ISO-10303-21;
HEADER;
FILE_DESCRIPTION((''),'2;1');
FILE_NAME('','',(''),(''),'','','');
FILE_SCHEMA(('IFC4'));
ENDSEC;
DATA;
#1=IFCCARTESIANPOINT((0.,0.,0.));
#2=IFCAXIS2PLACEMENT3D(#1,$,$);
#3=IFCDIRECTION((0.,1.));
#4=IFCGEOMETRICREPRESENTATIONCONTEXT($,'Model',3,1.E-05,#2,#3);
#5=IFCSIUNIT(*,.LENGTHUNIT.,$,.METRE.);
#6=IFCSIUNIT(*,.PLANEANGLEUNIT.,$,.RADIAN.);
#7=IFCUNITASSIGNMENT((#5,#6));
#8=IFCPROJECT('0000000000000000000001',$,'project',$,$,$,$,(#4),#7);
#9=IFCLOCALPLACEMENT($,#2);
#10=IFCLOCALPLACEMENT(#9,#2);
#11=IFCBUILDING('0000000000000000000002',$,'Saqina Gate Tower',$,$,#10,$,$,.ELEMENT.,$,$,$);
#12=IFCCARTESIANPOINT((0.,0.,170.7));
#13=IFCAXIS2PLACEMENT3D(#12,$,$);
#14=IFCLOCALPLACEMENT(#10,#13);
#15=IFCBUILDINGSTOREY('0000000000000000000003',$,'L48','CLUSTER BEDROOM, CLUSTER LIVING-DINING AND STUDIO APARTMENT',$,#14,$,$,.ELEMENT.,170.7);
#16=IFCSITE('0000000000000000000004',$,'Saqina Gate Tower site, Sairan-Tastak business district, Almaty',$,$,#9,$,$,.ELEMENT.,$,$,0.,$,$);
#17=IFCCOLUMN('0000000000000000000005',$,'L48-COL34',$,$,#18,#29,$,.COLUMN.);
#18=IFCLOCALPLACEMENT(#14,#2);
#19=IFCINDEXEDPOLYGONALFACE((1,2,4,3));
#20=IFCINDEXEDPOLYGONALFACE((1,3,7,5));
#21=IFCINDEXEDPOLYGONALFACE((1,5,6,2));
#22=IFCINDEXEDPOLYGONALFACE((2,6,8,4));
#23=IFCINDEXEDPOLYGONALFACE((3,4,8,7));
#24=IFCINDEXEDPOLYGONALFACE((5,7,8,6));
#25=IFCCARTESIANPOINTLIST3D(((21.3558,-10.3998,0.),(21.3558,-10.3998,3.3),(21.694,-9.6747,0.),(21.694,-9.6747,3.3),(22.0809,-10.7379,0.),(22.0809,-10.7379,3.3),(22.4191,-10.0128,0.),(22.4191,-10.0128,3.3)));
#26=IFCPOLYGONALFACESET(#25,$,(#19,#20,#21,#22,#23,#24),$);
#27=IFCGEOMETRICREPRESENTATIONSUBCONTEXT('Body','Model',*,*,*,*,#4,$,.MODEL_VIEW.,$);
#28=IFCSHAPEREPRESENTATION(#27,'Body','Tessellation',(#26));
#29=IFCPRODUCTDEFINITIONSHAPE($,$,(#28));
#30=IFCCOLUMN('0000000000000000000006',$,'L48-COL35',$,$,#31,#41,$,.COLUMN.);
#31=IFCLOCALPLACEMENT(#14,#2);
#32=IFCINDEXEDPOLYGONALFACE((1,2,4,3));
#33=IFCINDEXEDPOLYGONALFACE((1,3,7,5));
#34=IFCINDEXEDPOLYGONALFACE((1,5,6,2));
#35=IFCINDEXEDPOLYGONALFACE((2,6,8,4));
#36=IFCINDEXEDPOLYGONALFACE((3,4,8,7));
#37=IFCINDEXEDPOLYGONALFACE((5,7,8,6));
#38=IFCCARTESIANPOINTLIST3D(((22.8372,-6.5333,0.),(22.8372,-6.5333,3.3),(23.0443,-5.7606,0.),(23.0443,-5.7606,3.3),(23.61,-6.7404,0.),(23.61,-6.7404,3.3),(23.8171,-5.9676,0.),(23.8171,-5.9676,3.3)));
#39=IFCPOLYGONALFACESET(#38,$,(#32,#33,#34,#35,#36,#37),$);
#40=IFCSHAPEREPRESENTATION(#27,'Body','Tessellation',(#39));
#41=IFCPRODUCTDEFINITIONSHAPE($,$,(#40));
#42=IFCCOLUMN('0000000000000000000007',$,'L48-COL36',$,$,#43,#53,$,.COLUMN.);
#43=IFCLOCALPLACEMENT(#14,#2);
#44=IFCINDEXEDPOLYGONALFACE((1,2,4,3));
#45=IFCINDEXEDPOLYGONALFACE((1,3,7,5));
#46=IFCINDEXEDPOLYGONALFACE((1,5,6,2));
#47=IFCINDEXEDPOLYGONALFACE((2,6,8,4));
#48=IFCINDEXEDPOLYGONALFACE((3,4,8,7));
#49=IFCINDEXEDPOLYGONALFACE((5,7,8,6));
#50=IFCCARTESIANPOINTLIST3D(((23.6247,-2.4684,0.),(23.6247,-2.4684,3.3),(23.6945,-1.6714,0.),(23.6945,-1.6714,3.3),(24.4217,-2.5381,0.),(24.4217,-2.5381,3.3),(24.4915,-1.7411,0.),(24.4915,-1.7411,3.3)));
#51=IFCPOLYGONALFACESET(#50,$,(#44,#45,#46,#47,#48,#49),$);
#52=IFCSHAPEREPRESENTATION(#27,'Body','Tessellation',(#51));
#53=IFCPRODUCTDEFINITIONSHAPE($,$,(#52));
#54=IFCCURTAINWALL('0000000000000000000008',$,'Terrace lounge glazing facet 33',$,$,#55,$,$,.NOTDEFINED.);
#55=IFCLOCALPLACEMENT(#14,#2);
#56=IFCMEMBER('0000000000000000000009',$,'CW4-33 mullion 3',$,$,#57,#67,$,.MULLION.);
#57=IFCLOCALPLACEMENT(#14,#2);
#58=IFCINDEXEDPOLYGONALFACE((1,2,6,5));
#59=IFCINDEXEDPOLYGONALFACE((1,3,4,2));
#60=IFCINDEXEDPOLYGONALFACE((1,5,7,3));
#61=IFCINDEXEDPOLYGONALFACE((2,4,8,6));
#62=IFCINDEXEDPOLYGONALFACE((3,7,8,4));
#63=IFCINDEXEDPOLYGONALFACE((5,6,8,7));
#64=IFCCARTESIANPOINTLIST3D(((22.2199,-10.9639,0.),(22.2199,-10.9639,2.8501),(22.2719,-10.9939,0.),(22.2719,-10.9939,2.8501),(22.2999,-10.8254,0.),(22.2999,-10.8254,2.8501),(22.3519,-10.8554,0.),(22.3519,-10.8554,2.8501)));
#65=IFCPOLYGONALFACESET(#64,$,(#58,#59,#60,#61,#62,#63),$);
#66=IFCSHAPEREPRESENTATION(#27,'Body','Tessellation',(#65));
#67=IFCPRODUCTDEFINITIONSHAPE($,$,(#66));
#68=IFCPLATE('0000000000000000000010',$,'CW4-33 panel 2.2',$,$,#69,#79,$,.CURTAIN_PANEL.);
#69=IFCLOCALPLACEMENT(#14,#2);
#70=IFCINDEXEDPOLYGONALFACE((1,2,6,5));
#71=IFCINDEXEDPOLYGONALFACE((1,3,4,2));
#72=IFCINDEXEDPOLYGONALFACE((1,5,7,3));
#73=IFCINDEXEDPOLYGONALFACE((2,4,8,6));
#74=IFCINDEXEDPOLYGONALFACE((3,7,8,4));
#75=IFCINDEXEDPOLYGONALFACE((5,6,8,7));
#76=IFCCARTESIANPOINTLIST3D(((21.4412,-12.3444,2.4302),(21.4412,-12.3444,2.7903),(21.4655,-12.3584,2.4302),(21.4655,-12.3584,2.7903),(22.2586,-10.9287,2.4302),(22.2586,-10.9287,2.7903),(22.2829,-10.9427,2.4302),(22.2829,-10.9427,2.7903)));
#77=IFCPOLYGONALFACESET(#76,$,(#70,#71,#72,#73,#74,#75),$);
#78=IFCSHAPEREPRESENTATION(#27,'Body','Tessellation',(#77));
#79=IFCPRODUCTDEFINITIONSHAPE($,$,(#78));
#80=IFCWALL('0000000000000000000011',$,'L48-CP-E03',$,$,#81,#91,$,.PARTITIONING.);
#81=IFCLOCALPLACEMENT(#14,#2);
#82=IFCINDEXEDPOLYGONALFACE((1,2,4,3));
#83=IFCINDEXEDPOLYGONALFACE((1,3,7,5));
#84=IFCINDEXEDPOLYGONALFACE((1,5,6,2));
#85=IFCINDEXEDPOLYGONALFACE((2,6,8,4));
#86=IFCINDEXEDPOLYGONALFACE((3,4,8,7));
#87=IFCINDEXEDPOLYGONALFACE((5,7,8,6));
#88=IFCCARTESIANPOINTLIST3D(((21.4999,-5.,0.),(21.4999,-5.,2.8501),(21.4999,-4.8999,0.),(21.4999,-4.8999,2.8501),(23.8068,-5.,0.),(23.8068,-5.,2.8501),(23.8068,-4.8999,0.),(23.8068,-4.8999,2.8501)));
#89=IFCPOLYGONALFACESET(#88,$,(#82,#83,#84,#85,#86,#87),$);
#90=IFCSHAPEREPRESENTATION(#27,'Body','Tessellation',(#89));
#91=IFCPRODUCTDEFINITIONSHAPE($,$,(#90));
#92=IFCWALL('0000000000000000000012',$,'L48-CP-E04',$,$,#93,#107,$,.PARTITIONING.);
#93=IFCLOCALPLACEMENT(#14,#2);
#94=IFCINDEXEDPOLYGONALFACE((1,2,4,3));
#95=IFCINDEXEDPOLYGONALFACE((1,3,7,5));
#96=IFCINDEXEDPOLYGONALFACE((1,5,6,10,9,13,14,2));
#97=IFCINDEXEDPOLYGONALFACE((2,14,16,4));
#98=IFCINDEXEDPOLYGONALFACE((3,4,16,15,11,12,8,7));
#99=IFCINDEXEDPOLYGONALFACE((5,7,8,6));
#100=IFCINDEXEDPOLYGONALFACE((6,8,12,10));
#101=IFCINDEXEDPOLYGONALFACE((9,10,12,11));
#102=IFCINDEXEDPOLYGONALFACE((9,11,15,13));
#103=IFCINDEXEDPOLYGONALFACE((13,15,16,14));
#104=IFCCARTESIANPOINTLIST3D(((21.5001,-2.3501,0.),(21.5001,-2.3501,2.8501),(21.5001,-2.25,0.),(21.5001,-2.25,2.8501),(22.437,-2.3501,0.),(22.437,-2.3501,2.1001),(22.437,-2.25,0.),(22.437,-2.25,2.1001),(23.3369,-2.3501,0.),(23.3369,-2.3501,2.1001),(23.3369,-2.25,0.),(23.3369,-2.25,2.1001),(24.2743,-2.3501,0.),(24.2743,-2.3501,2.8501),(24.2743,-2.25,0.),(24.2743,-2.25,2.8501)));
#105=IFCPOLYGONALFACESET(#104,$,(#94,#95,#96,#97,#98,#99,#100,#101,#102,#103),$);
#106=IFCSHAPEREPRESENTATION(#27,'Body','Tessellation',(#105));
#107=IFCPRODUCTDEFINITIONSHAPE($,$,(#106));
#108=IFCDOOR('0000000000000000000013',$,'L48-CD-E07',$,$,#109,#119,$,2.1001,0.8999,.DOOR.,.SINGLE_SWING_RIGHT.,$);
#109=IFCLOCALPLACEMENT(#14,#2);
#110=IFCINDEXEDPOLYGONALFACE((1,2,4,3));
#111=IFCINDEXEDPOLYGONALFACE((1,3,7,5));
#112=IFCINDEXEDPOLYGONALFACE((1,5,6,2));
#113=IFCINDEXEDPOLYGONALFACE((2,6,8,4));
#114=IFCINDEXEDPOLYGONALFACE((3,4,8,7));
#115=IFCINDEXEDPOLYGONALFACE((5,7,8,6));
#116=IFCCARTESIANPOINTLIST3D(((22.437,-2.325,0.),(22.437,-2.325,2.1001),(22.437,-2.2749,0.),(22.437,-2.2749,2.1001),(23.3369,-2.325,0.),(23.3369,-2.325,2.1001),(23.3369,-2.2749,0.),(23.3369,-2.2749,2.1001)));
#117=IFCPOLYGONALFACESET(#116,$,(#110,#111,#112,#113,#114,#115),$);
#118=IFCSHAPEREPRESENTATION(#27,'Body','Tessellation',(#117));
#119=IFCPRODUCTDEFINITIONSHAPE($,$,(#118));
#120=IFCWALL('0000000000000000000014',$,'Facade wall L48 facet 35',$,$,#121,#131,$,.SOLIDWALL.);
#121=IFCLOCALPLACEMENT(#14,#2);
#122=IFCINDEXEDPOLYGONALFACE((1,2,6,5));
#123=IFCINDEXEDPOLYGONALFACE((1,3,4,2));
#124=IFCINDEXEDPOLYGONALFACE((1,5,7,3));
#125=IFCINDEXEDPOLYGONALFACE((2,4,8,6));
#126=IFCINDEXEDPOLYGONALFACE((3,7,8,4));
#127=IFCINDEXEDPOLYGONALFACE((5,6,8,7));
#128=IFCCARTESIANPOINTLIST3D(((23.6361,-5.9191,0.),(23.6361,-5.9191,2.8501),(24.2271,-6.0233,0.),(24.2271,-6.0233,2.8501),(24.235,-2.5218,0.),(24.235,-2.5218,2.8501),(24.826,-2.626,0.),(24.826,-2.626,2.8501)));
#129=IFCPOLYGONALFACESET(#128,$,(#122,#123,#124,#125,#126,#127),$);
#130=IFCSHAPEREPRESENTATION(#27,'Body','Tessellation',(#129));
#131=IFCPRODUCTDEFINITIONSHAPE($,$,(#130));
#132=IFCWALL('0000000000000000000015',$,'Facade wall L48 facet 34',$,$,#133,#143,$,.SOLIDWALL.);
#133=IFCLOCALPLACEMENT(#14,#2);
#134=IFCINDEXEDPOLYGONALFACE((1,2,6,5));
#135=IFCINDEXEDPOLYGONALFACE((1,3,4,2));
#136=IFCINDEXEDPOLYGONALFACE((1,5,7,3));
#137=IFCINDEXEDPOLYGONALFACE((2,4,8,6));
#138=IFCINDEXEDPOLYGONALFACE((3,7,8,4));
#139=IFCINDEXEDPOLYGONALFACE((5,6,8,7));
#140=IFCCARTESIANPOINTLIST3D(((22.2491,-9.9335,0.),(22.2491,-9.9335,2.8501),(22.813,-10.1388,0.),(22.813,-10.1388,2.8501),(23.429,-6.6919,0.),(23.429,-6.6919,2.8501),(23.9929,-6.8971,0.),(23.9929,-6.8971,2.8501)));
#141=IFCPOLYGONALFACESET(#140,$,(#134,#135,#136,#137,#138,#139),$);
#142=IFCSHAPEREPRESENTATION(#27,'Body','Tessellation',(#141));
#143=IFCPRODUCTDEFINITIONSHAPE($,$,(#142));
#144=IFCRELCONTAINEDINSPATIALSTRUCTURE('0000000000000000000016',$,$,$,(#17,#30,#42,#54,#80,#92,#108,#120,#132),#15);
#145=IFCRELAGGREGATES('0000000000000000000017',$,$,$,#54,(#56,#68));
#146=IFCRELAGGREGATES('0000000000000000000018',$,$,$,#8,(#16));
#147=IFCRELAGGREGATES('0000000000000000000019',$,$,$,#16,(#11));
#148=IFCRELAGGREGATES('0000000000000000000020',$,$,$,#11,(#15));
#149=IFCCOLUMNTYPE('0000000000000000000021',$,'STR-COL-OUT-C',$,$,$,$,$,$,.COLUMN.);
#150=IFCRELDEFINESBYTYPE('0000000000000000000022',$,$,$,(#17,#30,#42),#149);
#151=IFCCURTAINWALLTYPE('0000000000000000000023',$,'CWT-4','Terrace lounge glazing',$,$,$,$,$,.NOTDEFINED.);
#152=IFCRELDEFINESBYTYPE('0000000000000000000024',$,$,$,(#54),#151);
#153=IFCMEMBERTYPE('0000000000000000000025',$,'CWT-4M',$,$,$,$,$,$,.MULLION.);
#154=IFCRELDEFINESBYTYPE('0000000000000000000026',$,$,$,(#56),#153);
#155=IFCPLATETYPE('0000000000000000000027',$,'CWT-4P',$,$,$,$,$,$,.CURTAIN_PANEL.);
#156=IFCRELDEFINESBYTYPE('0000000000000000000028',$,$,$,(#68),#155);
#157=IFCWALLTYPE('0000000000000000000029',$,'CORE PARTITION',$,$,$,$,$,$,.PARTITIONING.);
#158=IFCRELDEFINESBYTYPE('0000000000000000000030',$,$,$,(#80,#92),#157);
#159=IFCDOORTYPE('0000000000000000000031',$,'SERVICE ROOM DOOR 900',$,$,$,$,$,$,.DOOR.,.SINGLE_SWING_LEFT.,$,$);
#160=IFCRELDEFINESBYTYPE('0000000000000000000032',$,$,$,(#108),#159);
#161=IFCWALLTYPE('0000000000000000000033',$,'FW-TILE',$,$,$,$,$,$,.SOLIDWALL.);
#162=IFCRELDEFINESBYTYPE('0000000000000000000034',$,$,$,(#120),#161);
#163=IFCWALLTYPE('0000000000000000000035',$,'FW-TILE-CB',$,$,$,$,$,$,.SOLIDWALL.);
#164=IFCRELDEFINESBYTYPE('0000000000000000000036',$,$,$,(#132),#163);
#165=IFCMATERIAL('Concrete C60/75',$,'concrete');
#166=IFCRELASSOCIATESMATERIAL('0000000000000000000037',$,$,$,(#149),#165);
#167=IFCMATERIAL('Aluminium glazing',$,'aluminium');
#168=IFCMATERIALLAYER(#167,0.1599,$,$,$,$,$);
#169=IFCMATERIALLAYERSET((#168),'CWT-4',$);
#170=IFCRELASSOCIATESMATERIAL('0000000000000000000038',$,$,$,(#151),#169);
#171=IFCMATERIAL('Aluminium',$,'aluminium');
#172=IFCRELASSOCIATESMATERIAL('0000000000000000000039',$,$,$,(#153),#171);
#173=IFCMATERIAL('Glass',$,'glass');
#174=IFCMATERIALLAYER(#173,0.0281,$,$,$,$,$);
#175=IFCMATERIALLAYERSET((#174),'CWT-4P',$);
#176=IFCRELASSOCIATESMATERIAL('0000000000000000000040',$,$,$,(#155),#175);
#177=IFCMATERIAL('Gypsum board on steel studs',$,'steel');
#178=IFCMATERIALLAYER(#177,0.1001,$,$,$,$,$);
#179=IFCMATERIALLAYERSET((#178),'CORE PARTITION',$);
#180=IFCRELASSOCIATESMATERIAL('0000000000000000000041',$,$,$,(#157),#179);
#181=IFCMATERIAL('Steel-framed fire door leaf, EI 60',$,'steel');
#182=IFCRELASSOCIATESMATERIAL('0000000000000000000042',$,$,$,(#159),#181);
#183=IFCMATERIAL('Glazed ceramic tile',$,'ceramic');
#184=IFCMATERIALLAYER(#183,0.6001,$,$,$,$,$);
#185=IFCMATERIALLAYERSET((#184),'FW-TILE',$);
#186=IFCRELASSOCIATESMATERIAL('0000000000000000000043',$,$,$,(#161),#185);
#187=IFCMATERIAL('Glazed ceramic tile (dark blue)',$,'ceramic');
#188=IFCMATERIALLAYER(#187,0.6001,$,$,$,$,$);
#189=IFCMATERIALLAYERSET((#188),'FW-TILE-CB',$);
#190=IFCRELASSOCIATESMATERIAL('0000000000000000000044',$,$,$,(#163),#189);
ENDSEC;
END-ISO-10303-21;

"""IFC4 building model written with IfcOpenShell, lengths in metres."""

from ifc_helpers import new_model, si_unit, direction, frame, frame_2d, origin, origin_2d, place, context, subcontext, project, spatial, rectangle, extrude, material, layer, layer_set, material_profile, profile_set, type_object, element, fill, aggregate, save


model = new_model("IFC4")

# Units and contexts
model_context = context("Model", 3, precision=1e-05, world=origin(), true_north=direction((0.0, 1.0)))
body_context = subcontext(model_context, "Body", "Model", "MODEL_VIEW")
ifc_project = project(units=[si_unit("LENGTHUNIT", "METRE"), si_unit("PLANEANGLEUNIT", "RADIAN")], contexts=[model_context])

# Site, building, storey
site_placement = place(None, origin())
site = spatial("IfcSite", under=ifc_project, at=site_placement, Name="Saqina Gate Tower site, Sairan-Tastak business district, Almaty", CompositionType="ELEMENT", RefElevation=0.0)
building_placement = place(site_placement, origin())
building = spatial("IfcBuilding", under=site, at=building_placement, Name="Saqina Gate Tower", CompositionType="ELEMENT")
storey_placement = place(building_placement, frame((0.0, 0.0, 170.7)))
storey = spatial("IfcBuildingStorey", under=building, at=storey_placement, Name="L48", Description="CLUSTER BEDROOM, CLUSTER LIVING-DINING AND STUDIO APARTMENT", CompositionType="ELEMENT", Elevation=170.7)

# Columns
ifc_material_1 = material(Name="Concrete C60/75", Category="concrete")
ifc_material_profile_1 = material_profile(ifc_material_1, rectangle(XDim=0.8, YDim=0.8, at=origin_2d()), Name="RC 800x800")
ifc_profile_set_1 = profile_set([ifc_material_profile_1], Name="Concrete C60/75")
column_type = type_object("IfcColumnType", Name="STR-COL-OUT-C", PredefinedType="COLUMN", material=ifc_profile_set_1)
for number, where, z_axis, x_axis, name in (
    (1, (21.8875, -10.2063, 0.0), (0.0, 0.0, 1.0), (0.906308, -0.422618, 0.0), "L48-COL34"),
    (2, (23.3271, -6.2505, 0.0), (0.0, 0.0, 1.0), (0.965926, -0.258819, 0.0), "L48-COL35"),
    (3, (24.0581, -2.1047, 0.0), (0.0, 0.0, 1.0), (0.996195, -0.087156, 0.0), "L48-COL36"),
):
    element("IfcColumn", number, at=place(storey_placement, frame(where, z_axis=z_axis, x_axis=x_axis)), inside=storey, type_object=column_type, Name=name, PredefinedType="COLUMN", context=body_context, shape_type="SweptSolid", body=[
        extrude(rectangle(XDim=0.8, YDim=0.8, at=origin_2d()), origin(), (0.0, 0.0, 1.0), 3.3),
    ])

# Curtain wall, member, plate
ifc_material_2 = material(Name="Aluminium glazing", Category="aluminium")
ifc_layer_1 = layer(ifc_material_2, 0.1599)
ifc_layer_set_1 = layer_set([ifc_layer_1], Name="CWT-4")
curtain_wall_type = type_object("IfcCurtainWallType", Name="CWT-4", Description="Terrace lounge glazing", PredefinedType="NOTDEFINED", material=ifc_layer_set_1)
curtain_wall_placement = place(storey_placement, origin())
curtain_wall = element("IfcCurtainWall", 4, at=curtain_wall_placement, inside=storey, type_object=curtain_wall_type, Name="Terrace lounge glazing facet 33", PredefinedType="NOTDEFINED")
ifc_material_3 = material(Name="Aluminium", Category="aluminium")
ifc_material_profile_2 = material_profile(ifc_material_3, rectangle(XDim=0.0601, YDim=0.1599, at=origin_2d()), Name="Aluminium 60x160")
ifc_profile_set_2 = profile_set([ifc_material_profile_2], Name="Aluminium")
member_type = type_object("IfcMemberType", Name="CWT-4M", PredefinedType="MULLION", material=ifc_profile_set_2)
member_placement = place(storey_placement, frame((22.2859, -10.9097, 0.0), z_axis=(0.0, 0.0, 1.0), x_axis=(-0.866017, 0.500014, 0.0)))
member = element("IfcMember", 5, at=member_placement, type_object=member_type, Name="CW4-33 mullion 3", PredefinedType="MULLION", context=body_context, shape_type="SweptSolid", body=[
    extrude(rectangle(XDim=0.0601, YDim=0.1599, at=origin_2d()), origin(), (0.0, 0.0, 1.0), 2.8501),
])
ifc_material_4 = material(Name="Glass", Category="glass")
ifc_layer_2 = layer(ifc_material_4, 0.0281)
ifc_layer_set_2 = layer_set([ifc_layer_2], Name="CWT-4P")
plate_type = type_object("IfcPlateType", Name="CWT-4P", PredefinedType="CURTAIN_PANEL", material=ifc_layer_set_2)
plate_placement = place(storey_placement, frame((21.8621, -11.6436, 2.4302), z_axis=(0.0, 0.0, 1.0), x_axis=(0.500014, 0.866017, 0.0)))
plate = element("IfcPlate", 6, at=plate_placement, type_object=plate_type, Name="CW4-33 panel 2.2", PredefinedType="CURTAIN_PANEL", context=body_context, shape_type="SweptSolid", body=[
    extrude(rectangle(XDim=1.6348, YDim=0.0281, at=origin_2d()), origin(), (0.0, 0.0, 1.0), 0.3601),
])
aggregate(curtain_wall, [member, plate])

# Wall
ifc_material_5 = material(Name="Gypsum board on steel studs", Category="steel")
ifc_layer_3 = layer(ifc_material_5, 0.1001)
ifc_layer_set_3 = layer_set([ifc_layer_3], Name="CORE PARTITION")
wall_type_1 = type_object("IfcWallType", Name="CORE PARTITION", PredefinedType="PARTITIONING", material=ifc_layer_set_3)
wall_1_placement = place(storey_placement, frame((21.5, -4.95, 0.0), z_axis=(0.0, 0.0, 1.0), x_axis=(1.0, 0.0, 0.0)))
element("IfcWall", 7, at=wall_1_placement, inside=storey, type_object=wall_type_1, Name="L48-CP-E03", PredefinedType="PARTITIONING", context=body_context, shape_type="SweptSolid", body=[
    extrude(rectangle(XDim=2.3069, YDim=0.1001, at=frame_2d((1.1533, 0.0))), origin(), (0.0, 0.0, 1.0), 2.8501),
])

# Wall, opening, door
wall_2_placement = place(storey_placement, frame((21.5, -2.3, 0.0), z_axis=(0.0, 0.0, 1.0), x_axis=(1.0, 0.0, 0.0)))
wall_2 = element("IfcWall", 8, at=wall_2_placement, inside=storey, type_object=wall_type_1, Name="L48-CP-E04", PredefinedType="PARTITIONING", context=body_context, shape_type="SweptSolid", body=[
    extrude(rectangle(XDim=2.7742, YDim=0.1001, at=frame_2d((1.3872, 0.0))), origin(), (0.0, 0.0, 1.0), 2.8501),
])
opening_1_placement = place(wall_2_placement, frame((0.937, 0.0, 0.0)))
opening_1 = element("IfcOpeningElement", 9, at=opening_1_placement, cuts=wall_2, PredefinedType="OPENING", context=body_context, shape_type="SweptSolid", body=[
    extrude(rectangle(XDim=0.8999, YDim=2.1001, at=frame_2d((0.45, 1.05))), frame((0.0, 0.062, 0.0), z_axis=(0.0, -1.0, 0.0), x_axis=(1.0, 0.0, 0.0)), (0.0, 0.0, 1.0), 0.124),
])
ifc_material_6 = material(Name="Steel-framed fire door leaf, EI 60", Category="steel")
door_type = type_object("IfcDoorType", Name="SERVICE ROOM DOOR 900", OperationType="SINGLE_SWING_LEFT", PredefinedType="DOOR", material=ifc_material_6)
door_1_placement = place(opening_1_placement, frame((0.8999, 0.0, 0.0), z_axis=(0.0, 0.0, 1.0), x_axis=(-1.0, 0.0, 0.0)))
door_1 = element("IfcDoor", 10, at=door_1_placement, inside=storey, type_object=door_type, Name="L48-CD-E07", OperationType="SINGLE_SWING_RIGHT", OverallHeight=2.1001, OverallWidth=0.8999, PredefinedType="DOOR", context=body_context, shape_type="SweptSolid", body=[
    extrude(rectangle(XDim=0.8999, YDim=2.1001, at=frame_2d((0.45, 1.05))), frame((0.0, 0.0249, 0.0), z_axis=(0.0, -1.0, 0.0), x_axis=(1.0, 0.0, 0.0)), (0.0, 0.0, 1.0), 0.05),
])
fill(opening_1, door_1)

# Walls
ifc_material_7 = material(Name="Glazed ceramic tile", Category="ceramic")
ifc_layer_4 = layer(ifc_material_7, 0.6001)
ifc_layer_set_4 = layer_set([ifc_layer_4], Name="FW-TILE")
wall_type_2 = type_object("IfcWallType", Name="FW-TILE", PredefinedType="SOLIDWALL", material=ifc_layer_set_4)
wall_3_placement = place(storey_placement, frame((23.9316, -5.9712, 0.0), z_axis=(0.0, 0.0, 1.0), x_axis=(0.173608, 0.984815, 0.0)))
element("IfcWall", 11, at=wall_3_placement, inside=storey, type_object=wall_type_2, Name="Facade wall L48 facet 35", PredefinedType="SOLIDWALL", context=body_context, shape_type="SweptSolid", body=[
    extrude(rectangle(XDim=3.4497, YDim=0.6001, at=frame_2d((1.7249, 0.0))), origin(), (0.0, 0.0, 1.0), 2.8501),
])
ifc_material_8 = material(Name="Glazed ceramic tile (dark blue)", Category="ceramic")
ifc_layer_5 = layer(ifc_material_8, 0.6001)
ifc_layer_set_5 = layer_set([ifc_layer_5], Name="FW-TILE-CB")
wall_type_3 = type_object("IfcWallType", Name="FW-TILE-CB", PredefinedType="SOLIDWALL", material=ifc_layer_set_5)
wall_4_placement = place(storey_placement, frame((22.531, -10.0361, 0.0), z_axis=(0.0, 0.0, 1.0), x_axis=(0.342033, 0.939688, 0.0)))
element("IfcWall", 12, at=wall_4_placement, inside=storey, type_object=wall_type_3, Name="Facade wall L48 facet 34", PredefinedType="SOLIDWALL", context=body_context, shape_type="SweptSolid", body=[
    extrude(rectangle(XDim=3.4497, YDim=0.6001, at=frame_2d((1.7249, 0.0))), origin(), (0.0, 0.0, 1.0), 2.8501),
])

save(model, "model.ifc")
